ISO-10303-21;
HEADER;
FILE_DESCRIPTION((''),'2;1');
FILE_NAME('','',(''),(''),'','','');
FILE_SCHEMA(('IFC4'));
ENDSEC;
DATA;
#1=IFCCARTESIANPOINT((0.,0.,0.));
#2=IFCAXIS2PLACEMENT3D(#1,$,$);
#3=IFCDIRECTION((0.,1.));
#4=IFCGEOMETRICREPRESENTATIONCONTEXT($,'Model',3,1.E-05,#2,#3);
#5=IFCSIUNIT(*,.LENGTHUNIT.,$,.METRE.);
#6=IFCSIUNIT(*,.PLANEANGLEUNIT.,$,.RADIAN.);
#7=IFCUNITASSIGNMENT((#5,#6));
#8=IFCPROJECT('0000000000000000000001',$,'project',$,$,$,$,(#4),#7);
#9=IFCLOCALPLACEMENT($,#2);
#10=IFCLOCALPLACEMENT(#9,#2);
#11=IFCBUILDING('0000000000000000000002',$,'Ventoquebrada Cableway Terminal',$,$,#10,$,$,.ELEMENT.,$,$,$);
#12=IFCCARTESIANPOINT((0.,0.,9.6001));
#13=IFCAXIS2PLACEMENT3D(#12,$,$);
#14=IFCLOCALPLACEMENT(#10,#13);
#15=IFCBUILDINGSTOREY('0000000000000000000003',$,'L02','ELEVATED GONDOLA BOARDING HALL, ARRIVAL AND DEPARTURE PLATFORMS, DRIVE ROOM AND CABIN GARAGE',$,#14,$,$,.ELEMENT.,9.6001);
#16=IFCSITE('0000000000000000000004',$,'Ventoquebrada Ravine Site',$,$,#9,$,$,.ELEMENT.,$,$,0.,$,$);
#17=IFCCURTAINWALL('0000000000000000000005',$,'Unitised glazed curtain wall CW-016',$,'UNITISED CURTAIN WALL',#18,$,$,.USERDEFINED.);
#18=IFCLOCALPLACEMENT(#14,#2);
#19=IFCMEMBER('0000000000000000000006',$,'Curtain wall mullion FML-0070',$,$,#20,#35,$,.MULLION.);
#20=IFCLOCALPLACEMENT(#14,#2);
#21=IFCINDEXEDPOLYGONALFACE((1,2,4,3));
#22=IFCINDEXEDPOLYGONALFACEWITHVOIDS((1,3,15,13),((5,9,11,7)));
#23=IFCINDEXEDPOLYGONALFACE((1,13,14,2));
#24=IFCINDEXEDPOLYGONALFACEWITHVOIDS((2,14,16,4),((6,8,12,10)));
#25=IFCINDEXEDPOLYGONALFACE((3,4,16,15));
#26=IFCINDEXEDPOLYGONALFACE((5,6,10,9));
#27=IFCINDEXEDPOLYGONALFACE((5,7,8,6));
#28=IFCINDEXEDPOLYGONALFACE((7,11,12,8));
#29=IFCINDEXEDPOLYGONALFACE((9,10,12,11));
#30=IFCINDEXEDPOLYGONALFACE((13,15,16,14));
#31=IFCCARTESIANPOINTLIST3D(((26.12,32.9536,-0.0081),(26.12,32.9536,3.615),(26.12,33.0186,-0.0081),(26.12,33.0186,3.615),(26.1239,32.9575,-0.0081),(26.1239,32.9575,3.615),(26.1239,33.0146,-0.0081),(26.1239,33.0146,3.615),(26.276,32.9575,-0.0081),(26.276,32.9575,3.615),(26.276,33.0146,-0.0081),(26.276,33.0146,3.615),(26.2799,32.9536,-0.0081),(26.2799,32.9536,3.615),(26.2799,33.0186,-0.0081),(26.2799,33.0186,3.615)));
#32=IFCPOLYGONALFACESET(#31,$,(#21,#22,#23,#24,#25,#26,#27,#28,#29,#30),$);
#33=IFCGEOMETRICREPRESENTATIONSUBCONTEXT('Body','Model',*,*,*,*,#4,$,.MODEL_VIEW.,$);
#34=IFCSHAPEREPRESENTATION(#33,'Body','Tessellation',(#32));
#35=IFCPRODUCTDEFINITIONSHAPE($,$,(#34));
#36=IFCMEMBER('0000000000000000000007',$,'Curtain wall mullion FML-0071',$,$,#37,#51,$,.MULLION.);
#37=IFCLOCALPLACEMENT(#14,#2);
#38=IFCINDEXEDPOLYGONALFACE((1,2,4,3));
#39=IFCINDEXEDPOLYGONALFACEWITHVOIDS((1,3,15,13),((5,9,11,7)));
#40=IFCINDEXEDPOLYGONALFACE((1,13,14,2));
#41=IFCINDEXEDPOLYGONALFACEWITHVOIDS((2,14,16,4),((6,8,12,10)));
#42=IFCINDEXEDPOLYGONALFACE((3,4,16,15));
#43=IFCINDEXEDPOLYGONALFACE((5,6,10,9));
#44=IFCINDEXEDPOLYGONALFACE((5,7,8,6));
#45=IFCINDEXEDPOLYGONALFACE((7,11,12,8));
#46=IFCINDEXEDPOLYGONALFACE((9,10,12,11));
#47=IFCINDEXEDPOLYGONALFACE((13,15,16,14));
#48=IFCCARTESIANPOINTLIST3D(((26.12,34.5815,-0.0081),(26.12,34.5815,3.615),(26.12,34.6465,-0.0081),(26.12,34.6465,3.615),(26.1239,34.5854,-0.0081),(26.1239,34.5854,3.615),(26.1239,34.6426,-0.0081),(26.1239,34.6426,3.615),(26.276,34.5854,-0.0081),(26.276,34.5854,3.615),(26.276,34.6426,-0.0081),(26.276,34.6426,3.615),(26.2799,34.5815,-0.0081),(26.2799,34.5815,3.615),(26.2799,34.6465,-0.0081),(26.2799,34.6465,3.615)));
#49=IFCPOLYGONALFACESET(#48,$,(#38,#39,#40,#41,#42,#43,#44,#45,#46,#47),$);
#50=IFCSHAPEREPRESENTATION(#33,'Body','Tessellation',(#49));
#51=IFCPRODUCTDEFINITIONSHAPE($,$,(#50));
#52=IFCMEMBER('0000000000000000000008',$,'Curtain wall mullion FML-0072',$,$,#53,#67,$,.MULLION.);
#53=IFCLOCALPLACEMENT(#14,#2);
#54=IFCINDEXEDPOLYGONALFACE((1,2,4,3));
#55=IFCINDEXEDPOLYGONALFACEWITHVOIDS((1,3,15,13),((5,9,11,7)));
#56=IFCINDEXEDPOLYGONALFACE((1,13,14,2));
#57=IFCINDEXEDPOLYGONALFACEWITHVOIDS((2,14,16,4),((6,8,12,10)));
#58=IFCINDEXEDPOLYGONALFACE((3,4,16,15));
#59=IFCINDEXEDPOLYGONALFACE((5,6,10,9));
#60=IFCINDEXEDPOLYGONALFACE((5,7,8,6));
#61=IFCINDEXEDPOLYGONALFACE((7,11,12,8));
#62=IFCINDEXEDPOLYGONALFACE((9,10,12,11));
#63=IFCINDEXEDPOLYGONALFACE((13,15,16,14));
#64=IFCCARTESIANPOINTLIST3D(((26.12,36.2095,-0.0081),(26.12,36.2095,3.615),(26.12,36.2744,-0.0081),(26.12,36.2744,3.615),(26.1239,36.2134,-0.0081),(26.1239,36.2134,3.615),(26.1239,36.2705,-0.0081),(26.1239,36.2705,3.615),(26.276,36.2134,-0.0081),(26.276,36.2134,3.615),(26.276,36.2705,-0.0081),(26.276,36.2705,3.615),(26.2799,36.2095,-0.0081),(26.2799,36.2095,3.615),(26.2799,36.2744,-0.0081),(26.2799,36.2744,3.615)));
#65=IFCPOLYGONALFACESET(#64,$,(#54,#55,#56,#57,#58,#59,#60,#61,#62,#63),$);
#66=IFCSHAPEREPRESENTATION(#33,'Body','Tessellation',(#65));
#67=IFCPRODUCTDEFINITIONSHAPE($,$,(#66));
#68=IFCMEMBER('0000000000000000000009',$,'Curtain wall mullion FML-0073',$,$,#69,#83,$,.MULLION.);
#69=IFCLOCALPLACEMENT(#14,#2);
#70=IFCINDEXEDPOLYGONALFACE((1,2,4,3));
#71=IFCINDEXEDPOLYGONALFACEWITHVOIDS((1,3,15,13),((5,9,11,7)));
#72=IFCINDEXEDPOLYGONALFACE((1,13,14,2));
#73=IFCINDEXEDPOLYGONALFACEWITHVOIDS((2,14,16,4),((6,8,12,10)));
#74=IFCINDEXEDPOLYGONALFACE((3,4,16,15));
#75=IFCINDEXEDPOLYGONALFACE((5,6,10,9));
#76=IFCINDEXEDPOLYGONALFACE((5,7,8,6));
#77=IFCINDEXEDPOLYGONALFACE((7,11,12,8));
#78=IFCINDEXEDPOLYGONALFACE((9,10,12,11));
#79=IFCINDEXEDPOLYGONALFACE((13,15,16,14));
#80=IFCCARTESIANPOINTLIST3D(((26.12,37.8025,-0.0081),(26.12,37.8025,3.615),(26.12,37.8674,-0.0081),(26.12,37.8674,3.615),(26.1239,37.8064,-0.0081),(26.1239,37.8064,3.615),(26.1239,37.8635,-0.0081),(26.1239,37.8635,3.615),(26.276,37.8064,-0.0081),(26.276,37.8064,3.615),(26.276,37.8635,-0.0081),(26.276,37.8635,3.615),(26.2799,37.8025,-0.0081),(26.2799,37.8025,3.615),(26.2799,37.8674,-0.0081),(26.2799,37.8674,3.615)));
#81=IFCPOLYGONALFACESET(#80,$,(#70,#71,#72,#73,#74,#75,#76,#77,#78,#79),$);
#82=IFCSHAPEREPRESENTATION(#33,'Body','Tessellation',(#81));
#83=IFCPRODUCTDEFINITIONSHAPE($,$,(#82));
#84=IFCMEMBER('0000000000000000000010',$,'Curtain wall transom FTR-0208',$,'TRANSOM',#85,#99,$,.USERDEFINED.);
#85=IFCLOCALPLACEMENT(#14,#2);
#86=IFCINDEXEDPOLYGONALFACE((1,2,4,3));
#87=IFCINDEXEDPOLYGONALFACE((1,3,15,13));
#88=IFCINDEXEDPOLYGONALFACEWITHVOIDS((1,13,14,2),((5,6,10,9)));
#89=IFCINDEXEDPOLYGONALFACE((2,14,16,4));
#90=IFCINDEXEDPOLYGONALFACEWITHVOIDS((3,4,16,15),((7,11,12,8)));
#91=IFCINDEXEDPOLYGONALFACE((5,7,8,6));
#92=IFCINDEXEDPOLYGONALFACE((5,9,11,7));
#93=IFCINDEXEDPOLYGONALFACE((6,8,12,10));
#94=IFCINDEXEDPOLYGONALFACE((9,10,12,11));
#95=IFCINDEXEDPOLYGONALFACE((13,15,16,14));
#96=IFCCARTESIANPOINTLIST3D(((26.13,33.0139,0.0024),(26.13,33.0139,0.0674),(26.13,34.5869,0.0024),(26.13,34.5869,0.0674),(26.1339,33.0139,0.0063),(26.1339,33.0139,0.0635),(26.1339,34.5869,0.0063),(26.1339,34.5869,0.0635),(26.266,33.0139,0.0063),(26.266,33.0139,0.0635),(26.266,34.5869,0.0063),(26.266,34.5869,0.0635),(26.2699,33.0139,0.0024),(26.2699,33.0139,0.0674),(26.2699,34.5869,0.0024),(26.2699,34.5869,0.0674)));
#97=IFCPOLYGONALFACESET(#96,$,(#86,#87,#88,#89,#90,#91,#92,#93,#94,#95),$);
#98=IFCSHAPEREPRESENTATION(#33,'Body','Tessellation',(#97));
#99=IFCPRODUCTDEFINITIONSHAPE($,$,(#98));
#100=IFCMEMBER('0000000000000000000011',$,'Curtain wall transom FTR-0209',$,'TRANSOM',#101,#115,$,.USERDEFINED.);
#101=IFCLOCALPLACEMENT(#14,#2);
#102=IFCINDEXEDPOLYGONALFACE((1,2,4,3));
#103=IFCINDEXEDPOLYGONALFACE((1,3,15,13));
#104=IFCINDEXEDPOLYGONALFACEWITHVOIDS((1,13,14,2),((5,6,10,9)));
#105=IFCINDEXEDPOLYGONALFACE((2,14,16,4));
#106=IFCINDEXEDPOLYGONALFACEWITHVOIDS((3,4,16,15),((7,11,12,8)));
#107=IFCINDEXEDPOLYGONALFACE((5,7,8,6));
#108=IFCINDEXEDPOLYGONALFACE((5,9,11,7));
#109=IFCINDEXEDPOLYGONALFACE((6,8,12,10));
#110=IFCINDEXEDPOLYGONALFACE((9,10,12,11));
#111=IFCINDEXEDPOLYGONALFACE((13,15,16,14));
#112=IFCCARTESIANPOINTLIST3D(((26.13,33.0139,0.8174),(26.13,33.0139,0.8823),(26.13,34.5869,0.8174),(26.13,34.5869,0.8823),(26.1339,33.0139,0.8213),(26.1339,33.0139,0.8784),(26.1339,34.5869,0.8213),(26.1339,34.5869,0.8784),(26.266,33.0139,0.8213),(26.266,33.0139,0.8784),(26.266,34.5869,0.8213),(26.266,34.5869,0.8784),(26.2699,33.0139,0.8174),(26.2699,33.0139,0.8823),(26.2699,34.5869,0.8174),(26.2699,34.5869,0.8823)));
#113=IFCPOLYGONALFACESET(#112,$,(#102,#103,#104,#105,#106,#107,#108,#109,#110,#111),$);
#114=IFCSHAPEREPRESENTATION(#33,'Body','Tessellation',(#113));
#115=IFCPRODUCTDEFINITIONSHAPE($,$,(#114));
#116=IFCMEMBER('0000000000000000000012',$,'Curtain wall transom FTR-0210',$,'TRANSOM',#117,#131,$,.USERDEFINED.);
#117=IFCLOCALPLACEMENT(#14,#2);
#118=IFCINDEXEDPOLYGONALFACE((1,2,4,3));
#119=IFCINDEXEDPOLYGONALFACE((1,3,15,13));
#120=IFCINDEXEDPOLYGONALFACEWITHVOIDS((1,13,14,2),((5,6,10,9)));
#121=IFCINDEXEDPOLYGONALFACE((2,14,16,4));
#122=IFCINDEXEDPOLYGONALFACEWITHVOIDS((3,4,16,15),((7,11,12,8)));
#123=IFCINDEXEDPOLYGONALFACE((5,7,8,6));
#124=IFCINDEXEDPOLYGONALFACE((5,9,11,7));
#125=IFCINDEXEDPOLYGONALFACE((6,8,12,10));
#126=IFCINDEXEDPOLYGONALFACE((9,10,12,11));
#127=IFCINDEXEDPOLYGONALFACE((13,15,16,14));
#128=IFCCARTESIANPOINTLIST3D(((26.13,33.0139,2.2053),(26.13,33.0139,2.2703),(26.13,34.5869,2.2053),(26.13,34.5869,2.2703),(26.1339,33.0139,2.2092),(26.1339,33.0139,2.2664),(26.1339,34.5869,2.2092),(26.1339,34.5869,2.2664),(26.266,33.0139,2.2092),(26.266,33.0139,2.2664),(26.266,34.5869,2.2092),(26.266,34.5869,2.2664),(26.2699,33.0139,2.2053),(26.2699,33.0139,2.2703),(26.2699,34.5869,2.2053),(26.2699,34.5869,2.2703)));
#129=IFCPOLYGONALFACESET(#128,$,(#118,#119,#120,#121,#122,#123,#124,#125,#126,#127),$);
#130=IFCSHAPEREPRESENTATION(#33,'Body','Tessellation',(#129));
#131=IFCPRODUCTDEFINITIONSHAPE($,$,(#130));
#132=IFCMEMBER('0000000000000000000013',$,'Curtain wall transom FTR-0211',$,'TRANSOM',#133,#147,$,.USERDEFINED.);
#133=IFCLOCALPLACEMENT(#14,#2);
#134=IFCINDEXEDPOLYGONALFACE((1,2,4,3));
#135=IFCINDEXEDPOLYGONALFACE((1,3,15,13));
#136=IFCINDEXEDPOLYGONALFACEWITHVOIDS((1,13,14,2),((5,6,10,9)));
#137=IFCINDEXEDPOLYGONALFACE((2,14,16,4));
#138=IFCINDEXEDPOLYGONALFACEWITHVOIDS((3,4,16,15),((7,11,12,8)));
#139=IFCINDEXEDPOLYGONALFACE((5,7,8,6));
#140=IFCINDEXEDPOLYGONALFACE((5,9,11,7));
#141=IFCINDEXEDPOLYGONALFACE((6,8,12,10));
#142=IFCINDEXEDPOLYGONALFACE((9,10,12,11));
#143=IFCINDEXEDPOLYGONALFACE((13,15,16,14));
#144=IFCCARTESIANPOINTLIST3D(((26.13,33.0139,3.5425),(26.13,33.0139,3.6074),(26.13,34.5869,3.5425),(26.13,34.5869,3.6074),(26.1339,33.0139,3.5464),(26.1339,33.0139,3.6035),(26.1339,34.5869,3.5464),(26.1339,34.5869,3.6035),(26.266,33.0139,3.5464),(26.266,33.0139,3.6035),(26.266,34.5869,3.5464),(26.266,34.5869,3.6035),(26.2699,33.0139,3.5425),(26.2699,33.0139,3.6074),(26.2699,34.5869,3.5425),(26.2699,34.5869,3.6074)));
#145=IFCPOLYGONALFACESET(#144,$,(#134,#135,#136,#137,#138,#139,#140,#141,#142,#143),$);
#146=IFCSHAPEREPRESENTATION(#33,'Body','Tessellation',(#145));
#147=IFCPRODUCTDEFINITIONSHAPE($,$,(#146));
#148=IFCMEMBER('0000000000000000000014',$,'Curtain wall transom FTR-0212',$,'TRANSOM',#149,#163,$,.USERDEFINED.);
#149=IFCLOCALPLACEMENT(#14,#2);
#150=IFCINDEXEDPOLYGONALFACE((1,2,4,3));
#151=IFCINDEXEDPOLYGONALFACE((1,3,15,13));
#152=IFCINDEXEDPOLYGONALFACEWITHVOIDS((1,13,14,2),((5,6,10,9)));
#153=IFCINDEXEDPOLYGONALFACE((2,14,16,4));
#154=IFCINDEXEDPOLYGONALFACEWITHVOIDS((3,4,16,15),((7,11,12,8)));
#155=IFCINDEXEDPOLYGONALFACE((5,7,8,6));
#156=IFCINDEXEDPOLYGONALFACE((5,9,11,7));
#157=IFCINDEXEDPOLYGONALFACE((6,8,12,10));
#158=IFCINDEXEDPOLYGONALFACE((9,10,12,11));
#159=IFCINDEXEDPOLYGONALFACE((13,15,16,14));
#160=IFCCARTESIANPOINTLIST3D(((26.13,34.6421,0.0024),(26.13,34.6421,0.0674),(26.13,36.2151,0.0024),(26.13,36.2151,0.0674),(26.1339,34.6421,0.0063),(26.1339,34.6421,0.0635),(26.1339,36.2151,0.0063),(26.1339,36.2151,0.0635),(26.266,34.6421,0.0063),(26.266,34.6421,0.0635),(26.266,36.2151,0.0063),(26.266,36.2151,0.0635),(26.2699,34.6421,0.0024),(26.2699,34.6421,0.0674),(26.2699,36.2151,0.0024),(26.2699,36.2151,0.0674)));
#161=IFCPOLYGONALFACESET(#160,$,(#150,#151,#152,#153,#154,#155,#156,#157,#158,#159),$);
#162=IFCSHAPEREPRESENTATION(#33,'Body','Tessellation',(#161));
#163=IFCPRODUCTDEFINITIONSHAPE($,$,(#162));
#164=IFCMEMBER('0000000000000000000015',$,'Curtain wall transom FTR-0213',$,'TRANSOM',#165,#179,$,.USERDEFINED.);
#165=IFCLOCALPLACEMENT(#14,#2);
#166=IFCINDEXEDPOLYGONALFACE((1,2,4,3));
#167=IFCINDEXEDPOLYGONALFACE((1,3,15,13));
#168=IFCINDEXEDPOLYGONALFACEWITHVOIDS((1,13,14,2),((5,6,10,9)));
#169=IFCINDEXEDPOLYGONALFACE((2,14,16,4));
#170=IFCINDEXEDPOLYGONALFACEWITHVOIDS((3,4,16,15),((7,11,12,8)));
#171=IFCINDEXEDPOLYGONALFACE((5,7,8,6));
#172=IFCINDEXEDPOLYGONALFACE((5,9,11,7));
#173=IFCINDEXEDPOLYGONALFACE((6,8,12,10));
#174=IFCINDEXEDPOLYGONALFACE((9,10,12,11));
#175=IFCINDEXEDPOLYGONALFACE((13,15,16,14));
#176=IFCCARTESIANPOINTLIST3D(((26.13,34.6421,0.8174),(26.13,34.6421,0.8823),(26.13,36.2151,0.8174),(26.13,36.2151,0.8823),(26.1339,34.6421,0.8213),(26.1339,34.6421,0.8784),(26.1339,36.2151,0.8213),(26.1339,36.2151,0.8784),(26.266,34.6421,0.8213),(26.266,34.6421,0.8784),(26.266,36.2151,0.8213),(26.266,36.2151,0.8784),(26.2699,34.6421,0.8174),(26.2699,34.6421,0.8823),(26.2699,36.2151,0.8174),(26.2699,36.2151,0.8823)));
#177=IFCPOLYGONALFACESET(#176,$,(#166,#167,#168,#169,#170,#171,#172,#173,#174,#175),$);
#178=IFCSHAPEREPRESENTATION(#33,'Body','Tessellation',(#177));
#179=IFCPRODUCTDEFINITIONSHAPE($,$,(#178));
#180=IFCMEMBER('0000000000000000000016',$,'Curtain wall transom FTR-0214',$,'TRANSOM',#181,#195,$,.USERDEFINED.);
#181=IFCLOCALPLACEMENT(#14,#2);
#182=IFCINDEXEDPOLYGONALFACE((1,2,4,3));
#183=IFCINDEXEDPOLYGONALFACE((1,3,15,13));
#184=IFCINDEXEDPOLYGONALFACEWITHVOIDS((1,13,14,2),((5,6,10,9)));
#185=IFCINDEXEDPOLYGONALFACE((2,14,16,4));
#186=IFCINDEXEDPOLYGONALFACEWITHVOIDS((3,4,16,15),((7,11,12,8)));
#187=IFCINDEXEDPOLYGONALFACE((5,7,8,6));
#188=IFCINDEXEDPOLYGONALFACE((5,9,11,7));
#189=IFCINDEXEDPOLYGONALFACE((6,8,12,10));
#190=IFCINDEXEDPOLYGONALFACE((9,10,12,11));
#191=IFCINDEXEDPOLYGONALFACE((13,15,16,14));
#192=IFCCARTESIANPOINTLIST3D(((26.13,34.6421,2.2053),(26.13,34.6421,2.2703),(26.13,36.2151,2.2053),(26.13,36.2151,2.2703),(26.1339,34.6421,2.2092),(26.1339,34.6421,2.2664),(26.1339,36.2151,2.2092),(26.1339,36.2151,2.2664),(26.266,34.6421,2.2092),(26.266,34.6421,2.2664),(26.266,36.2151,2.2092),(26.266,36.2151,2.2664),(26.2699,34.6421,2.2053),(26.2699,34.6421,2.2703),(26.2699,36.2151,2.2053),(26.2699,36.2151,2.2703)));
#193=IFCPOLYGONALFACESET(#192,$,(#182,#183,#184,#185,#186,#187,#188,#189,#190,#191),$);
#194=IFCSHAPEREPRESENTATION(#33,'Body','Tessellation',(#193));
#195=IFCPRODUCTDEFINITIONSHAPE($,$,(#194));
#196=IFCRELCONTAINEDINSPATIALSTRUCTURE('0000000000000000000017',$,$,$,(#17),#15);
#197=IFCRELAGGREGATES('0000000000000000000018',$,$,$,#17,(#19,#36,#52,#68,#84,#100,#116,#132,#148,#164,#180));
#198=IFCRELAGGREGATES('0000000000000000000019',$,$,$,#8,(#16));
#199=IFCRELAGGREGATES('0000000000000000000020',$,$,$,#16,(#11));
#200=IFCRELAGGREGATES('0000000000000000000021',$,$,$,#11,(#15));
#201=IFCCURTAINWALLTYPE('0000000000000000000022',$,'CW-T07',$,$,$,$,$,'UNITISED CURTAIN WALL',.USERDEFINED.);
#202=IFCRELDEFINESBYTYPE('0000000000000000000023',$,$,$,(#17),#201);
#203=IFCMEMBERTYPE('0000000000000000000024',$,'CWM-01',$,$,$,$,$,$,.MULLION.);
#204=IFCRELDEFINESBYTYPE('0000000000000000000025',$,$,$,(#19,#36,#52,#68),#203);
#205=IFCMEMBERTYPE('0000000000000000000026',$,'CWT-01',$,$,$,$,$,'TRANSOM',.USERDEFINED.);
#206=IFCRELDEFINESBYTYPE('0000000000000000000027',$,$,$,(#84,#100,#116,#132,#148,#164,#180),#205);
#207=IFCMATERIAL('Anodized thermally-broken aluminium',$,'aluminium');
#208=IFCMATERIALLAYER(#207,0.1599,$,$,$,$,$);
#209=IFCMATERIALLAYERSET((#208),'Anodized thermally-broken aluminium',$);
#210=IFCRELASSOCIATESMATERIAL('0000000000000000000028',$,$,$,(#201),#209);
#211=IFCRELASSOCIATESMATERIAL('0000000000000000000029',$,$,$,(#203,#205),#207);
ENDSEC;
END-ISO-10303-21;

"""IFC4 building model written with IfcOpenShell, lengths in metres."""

from ifc_helpers import new_model, si_unit, direction, frame, origin, origin_2d, place, context, subcontext, project, spatial, hollow_rectangle, extrude, material, layer, layer_set, material_profile, profile_set, type_object, element, aggregate, save


model = new_model("IFC4")

# Units and contexts
model_context = context("Model", 3, precision=1e-05, world=origin(), true_north=direction((0.0, 1.0)))
body_context = subcontext(model_context, "Body", "Model", "MODEL_VIEW")
ifc_project = project(units=[si_unit("LENGTHUNIT", "METRE"), si_unit("PLANEANGLEUNIT", "RADIAN")], contexts=[model_context])

# Site, building, storey
site_placement = place(None, origin())
site = spatial("IfcSite", under=ifc_project, at=site_placement, Name="Ventoquebrada Ravine Site", CompositionType="ELEMENT", RefElevation=0.0)
building_placement = place(site_placement, origin())
building = spatial("IfcBuilding", under=site, at=building_placement, Name="Ventoquebrada Cableway Terminal", CompositionType="ELEMENT")
storey_placement = place(building_placement, frame((0.0, 0.0, 9.6001)))
storey = spatial("IfcBuildingStorey", under=building, at=storey_placement, Name="L02", Description="ELEVATED GONDOLA BOARDING HALL, ARRIVAL AND DEPARTURE PLATFORMS, DRIVE ROOM AND CABIN GARAGE", CompositionType="ELEMENT", Elevation=9.6001)

# Curtain wall, members
ifc_material_1 = material(Name="Anodized thermally-broken aluminium", Category="aluminium")
ifc_layer_1 = layer(ifc_material_1, 0.1599)
ifc_layer_set_1 = layer_set([ifc_layer_1], Name="Anodized thermally-broken aluminium")
curtain_wall_type = type_object("IfcCurtainWallType", Name="CW-T07", ElementType="UNITISED CURTAIN WALL", PredefinedType="USERDEFINED", material=ifc_layer_set_1)
curtain_wall_placement = place(storey_placement, origin())
curtain_wall = element("IfcCurtainWall", 1, at=curtain_wall_placement, inside=storey, type_object=curtain_wall_type, Name="Unitised glazed curtain wall CW-016", ObjectType="UNITISED CURTAIN WALL", PredefinedType="USERDEFINED")
ifc_material_profile_1 = material_profile(ifc_material_1, hollow_rectangle(XDim=0.0649, YDim=0.1599, WallThickness=0.0039, at=origin_2d()), Name="CW-MUL-65X160")
ifc_profile_set_1 = profile_set([ifc_material_profile_1], Name="Anodized thermally-broken aluminium")
member_type_1 = type_object("IfcMemberType", Name="CWM-01", PredefinedType="MULLION", material=ifc_profile_set_1)
member_1_placement = place(storey_placement, frame((26.2, 32.9861, -0.0081), z_axis=(0.0, 0.0, 1.0), x_axis=(0.0, 1.0, 0.0)))
member_1 = element("IfcMember", 2, at=member_1_placement, type_object=member_type_1, Name="Curtain wall mullion FML-0070", PredefinedType="MULLION", context=body_context, shape_type="SweptSolid", body=[
    extrude(hollow_rectangle(XDim=0.0649, YDim=0.1599, WallThickness=0.0039, at=origin_2d()), origin(), (0.0, 0.0, 1.0), 3.623),
])
member_2_placement = place(storey_placement, frame((26.2, 34.614, -0.0081), z_axis=(0.0, 0.0, 1.0), x_axis=(0.0, 1.0, 0.0)))
member_2 = element("IfcMember", 3, at=member_2_placement, type_object=member_type_1, Name="Curtain wall mullion FML-0071", PredefinedType="MULLION", context=body_context, shape_type="SweptSolid", body=[
    extrude(hollow_rectangle(XDim=0.0649, YDim=0.1599, WallThickness=0.0039, at=origin_2d()), origin(), (0.0, 0.0, 1.0), 3.623),
])
member_3_placement = place(storey_placement, frame((26.2, 36.2419, -0.0081), z_axis=(0.0, 0.0, 1.0), x_axis=(0.0, 1.0, 0.0)))
member_3 = element("IfcMember", 4, at=member_3_placement, type_object=member_type_1, Name="Curtain wall mullion FML-0072", PredefinedType="MULLION", context=body_context, shape_type="SweptSolid", body=[
    extrude(hollow_rectangle(XDim=0.0649, YDim=0.1599, WallThickness=0.0039, at=origin_2d()), origin(), (0.0, 0.0, 1.0), 3.623),
])
member_4_placement = place(storey_placement, frame((26.2, 37.835, -0.0081), z_axis=(0.0, 0.0, 1.0), x_axis=(0.0, 1.0, 0.0)))
member_4 = element("IfcMember", 5, at=member_4_placement, type_object=member_type_1, Name="Curtain wall mullion FML-0073", PredefinedType="MULLION", context=body_context, shape_type="SweptSolid", body=[
    extrude(hollow_rectangle(XDim=0.0649, YDim=0.1599, WallThickness=0.0039, at=origin_2d()), origin(), (0.0, 0.0, 1.0), 3.623),
])
ifc_material_profile_2 = material_profile(ifc_material_1, hollow_rectangle(XDim=0.0649, YDim=0.1399, WallThickness=0.0039, at=origin_2d()), Name="CW-TRN-65X140")
ifc_profile_set_2 = profile_set([ifc_material_profile_2], Name="Anodized thermally-broken aluminium")
member_type_2 = type_object("IfcMemberType", Name="CWT-01", ElementType="TRANSOM", PredefinedType="USERDEFINED", material=ifc_profile_set_2)
member_5_placement = place(storey_placement, frame((26.2, 33.0139, 0.0349), z_axis=(0.0, 1.0, 0.0), x_axis=(0.0, 0.0, 1.0)))
member_5 = element("IfcMember", 6, at=member_5_placement, type_object=member_type_2, Name="Curtain wall transom FTR-0208", ObjectType="TRANSOM", PredefinedType="USERDEFINED", context=body_context, shape_type="SweptSolid", body=[
    extrude(hollow_rectangle(XDim=0.0649, YDim=0.1399, WallThickness=0.0039, at=origin_2d()), origin(), (0.0, 0.0, 1.0), 1.573),
])
member_6_placement = place(storey_placement, frame((26.2, 33.0139, 0.8499), z_axis=(0.0, 1.0, 0.0), x_axis=(0.0, 0.0, 1.0)))
member_6 = element("IfcMember", 7, at=member_6_placement, type_object=member_type_2, Name="Curtain wall transom FTR-0209", ObjectType="TRANSOM", PredefinedType="USERDEFINED", context=body_context, shape_type="SweptSolid", body=[
    extrude(hollow_rectangle(XDim=0.0649, YDim=0.1399, WallThickness=0.0039, at=origin_2d()), origin(), (0.0, 0.0, 1.0), 1.573),
])
member_7_placement = place(storey_placement, frame((26.2, 33.0139, 2.2378), z_axis=(0.0, 1.0, 0.0), x_axis=(0.0, 0.0, 1.0)))
member_7 = element("IfcMember", 8, at=member_7_placement, type_object=member_type_2, Name="Curtain wall transom FTR-0210", ObjectType="TRANSOM", PredefinedType="USERDEFINED", context=body_context, shape_type="SweptSolid", body=[
    extrude(hollow_rectangle(XDim=0.0649, YDim=0.1399, WallThickness=0.0039, at=origin_2d()), origin(), (0.0, 0.0, 1.0), 1.573),
])
member_8_placement = place(storey_placement, frame((26.2, 33.0139, 3.575), z_axis=(0.0, 1.0, 0.0), x_axis=(0.0, 0.0, 1.0)))
member_8 = element("IfcMember", 9, at=member_8_placement, type_object=member_type_2, Name="Curtain wall transom FTR-0211", ObjectType="TRANSOM", PredefinedType="USERDEFINED", context=body_context, shape_type="SweptSolid", body=[
    extrude(hollow_rectangle(XDim=0.0649, YDim=0.1399, WallThickness=0.0039, at=origin_2d()), origin(), (0.0, 0.0, 1.0), 1.573),
])
member_9_placement = place(storey_placement, frame((26.2, 34.6421, 0.0349), z_axis=(0.0, 1.0, 0.0), x_axis=(0.0, 0.0, 1.0)))
member_9 = element("IfcMember", 10, at=member_9_placement, type_object=member_type_2, Name="Curtain wall transom FTR-0212", ObjectType="TRANSOM", PredefinedType="USERDEFINED", context=body_context, shape_type="SweptSolid", body=[
    extrude(hollow_rectangle(XDim=0.0649, YDim=0.1399, WallThickness=0.0039, at=origin_2d()), origin(), (0.0, 0.0, 1.0), 1.573),
])
member_10_placement = place(storey_placement, frame((26.2, 34.6421, 0.8499), z_axis=(0.0, 1.0, 0.0), x_axis=(0.0, 0.0, 1.0)))
member_10 = element("IfcMember", 11, at=member_10_placement, type_object=member_type_2, Name="Curtain wall transom FTR-0213", ObjectType="TRANSOM", PredefinedType="USERDEFINED", context=body_context, shape_type="SweptSolid", body=[
    extrude(hollow_rectangle(XDim=0.0649, YDim=0.1399, WallThickness=0.0039, at=origin_2d()), origin(), (0.0, 0.0, 1.0), 1.573),
])
member_11_placement = place(storey_placement, frame((26.2, 34.6421, 2.2378), z_axis=(0.0, 1.0, 0.0), x_axis=(0.0, 0.0, 1.0)))
member_11 = element("IfcMember", 12, at=member_11_placement, type_object=member_type_2, Name="Curtain wall transom FTR-0214", ObjectType="TRANSOM", PredefinedType="USERDEFINED", context=body_context, shape_type="SweptSolid", body=[
    extrude(hollow_rectangle(XDim=0.0649, YDim=0.1399, WallThickness=0.0039, at=origin_2d()), origin(), (0.0, 0.0, 1.0), 1.573),
])
aggregate(curtain_wall, [member_1, member_2, member_3, member_4, member_5, member_6, member_7, member_8, member_9, member_10, member_11])

save(model, "model.ifc")
